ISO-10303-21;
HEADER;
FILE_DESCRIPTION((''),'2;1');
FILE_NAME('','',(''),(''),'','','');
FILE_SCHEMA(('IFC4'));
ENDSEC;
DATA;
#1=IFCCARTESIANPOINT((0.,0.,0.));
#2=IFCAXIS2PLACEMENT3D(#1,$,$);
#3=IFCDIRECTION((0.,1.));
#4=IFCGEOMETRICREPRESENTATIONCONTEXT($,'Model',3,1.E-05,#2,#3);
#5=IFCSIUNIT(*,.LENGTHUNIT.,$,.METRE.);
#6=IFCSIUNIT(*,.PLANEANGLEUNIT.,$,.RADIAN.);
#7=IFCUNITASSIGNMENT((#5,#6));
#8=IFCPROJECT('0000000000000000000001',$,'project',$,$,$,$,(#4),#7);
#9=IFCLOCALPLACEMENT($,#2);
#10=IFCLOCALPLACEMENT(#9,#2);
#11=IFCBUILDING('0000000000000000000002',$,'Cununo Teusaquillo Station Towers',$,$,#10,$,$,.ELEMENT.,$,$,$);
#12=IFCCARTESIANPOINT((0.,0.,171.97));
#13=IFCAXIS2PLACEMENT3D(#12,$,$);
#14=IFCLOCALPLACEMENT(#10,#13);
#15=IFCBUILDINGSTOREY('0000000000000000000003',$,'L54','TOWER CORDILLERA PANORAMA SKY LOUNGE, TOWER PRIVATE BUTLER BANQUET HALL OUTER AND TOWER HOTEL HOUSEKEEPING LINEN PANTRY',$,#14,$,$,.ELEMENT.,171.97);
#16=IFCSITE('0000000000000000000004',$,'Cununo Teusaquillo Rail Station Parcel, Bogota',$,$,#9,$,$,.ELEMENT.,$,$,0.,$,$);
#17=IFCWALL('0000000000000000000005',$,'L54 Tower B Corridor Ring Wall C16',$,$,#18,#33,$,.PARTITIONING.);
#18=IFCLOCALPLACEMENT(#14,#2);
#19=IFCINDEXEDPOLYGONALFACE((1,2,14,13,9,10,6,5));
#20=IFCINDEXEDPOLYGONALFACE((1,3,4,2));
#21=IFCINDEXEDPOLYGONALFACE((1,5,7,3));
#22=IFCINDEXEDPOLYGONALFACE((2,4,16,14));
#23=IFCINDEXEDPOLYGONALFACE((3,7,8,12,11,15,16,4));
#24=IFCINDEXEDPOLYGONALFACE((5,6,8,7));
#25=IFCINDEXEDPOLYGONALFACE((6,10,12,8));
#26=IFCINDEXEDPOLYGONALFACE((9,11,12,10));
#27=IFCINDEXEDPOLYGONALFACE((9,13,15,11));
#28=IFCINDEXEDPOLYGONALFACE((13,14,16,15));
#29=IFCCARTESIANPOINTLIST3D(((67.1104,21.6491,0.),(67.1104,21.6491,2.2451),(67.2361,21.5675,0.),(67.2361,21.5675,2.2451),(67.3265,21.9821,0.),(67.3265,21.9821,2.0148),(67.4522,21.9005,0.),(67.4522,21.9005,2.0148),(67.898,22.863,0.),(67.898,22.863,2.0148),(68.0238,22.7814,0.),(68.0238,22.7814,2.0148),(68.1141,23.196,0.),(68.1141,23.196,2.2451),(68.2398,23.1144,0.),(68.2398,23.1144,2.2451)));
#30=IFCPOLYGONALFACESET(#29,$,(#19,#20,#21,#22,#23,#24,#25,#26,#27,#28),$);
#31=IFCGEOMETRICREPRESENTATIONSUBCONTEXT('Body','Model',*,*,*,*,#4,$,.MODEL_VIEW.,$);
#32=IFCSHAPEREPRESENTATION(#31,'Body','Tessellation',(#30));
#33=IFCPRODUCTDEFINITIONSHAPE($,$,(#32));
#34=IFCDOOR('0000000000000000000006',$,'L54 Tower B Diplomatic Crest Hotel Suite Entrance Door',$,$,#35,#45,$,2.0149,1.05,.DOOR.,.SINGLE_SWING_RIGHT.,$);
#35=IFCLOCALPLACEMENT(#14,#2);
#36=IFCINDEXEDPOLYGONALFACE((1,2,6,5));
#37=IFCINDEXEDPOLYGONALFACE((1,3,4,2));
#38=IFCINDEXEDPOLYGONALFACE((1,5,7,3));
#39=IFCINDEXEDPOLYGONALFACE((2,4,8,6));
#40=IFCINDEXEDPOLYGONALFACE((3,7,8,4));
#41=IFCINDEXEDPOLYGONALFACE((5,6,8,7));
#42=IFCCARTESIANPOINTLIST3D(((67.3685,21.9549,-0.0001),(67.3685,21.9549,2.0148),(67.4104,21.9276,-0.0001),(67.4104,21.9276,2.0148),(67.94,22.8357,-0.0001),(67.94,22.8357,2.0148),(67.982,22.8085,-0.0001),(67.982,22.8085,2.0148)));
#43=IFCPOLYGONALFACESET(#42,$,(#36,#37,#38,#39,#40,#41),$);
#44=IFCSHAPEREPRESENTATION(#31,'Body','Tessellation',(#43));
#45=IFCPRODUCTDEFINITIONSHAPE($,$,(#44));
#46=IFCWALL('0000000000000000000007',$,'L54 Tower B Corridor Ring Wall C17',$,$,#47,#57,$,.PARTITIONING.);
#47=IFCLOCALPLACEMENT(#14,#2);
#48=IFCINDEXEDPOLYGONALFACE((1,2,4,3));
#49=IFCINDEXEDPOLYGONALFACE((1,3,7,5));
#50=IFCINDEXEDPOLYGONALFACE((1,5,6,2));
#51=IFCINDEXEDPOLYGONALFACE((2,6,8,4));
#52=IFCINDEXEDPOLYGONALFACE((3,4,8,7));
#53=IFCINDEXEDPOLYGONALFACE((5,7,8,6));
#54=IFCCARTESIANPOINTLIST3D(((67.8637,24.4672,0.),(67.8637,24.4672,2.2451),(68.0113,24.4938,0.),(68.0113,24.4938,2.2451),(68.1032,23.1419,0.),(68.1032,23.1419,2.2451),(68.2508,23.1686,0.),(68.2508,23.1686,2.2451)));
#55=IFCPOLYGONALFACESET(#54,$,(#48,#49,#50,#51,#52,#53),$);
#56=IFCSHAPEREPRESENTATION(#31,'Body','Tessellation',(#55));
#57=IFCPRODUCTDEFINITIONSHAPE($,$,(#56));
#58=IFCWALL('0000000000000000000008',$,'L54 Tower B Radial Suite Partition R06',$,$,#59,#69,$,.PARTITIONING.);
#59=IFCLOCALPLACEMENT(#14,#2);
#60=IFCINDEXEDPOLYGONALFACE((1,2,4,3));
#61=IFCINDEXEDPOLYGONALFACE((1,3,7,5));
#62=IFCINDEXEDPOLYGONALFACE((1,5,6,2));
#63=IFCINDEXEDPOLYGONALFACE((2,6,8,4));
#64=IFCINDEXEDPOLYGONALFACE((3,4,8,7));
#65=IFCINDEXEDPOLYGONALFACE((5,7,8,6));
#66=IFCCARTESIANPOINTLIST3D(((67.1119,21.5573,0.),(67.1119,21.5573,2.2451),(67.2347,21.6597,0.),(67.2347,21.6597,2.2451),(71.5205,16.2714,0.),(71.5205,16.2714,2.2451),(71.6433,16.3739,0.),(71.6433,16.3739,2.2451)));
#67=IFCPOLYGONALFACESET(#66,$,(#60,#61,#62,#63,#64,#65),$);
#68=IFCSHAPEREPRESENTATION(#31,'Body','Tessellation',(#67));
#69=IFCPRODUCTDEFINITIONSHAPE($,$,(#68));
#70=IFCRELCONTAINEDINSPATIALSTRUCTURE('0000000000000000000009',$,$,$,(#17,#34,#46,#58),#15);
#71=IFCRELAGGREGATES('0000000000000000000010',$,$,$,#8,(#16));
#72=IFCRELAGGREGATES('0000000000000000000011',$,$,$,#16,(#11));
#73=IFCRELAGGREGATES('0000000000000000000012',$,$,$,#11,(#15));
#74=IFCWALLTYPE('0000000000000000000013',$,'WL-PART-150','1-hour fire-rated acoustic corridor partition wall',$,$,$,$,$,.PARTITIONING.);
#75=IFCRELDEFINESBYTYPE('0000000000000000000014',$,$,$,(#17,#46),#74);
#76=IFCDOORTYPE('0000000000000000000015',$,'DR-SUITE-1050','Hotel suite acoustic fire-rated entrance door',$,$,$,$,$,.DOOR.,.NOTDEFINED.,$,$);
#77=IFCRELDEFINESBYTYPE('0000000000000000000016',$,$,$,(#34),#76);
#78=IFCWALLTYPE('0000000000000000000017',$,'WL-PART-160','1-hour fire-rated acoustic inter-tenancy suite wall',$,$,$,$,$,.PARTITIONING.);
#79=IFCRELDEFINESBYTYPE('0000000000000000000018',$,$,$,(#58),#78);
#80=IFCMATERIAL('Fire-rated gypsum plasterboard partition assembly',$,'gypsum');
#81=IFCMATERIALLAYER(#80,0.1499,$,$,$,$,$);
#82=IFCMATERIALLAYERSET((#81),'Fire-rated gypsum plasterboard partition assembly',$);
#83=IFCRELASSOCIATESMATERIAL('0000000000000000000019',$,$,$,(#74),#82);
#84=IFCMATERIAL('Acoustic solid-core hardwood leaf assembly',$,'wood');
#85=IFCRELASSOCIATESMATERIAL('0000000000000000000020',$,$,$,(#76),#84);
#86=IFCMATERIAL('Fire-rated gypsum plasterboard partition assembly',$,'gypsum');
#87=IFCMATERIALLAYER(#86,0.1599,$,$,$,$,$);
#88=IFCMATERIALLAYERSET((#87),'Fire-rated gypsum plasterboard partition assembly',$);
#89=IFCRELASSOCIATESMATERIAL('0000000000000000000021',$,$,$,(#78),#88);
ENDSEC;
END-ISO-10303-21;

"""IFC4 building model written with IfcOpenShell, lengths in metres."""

from ifc_helpers import new_model, si_unit, direction, frame, frame_2d, origin, place, context, subcontext, project, spatial, rectangle, extrude, source, transform, mapped, material, layer, layer_set, type_object, element, fill, save


model = new_model("IFC4")

# Units and contexts
model_context = context("Model", 3, precision=1e-05, world=origin(), true_north=direction((0.0, 1.0)))
body_context = subcontext(model_context, "Body", "Model", "MODEL_VIEW")
ifc_project = project(units=[si_unit("LENGTHUNIT", "METRE"), si_unit("PLANEANGLEUNIT", "RADIAN")], contexts=[model_context])

# Site, building, storey
site_placement = place(None, origin())
site = spatial("IfcSite", under=ifc_project, at=site_placement, Name="Cununo Teusaquillo Rail Station Parcel, Bogota", CompositionType="ELEMENT", RefElevation=0.0)
building_placement = place(site_placement, origin())
building = spatial("IfcBuilding", under=site, at=building_placement, Name="Cununo Teusaquillo Station Towers", CompositionType="ELEMENT")
storey_placement = place(building_placement, frame((0.0, 0.0, 171.97)))
storey = spatial("IfcBuildingStorey", under=building, at=storey_placement, Name="L54", Description="TOWER CORDILLERA PANORAMA SKY LOUNGE, TOWER PRIVATE BUTLER BANQUET HALL OUTER AND TOWER HOTEL HOUSEKEEPING LINEN PANTRY", CompositionType="ELEMENT", Elevation=171.97)

# Wall, opening, door
ifc_material_1 = material(Name="Fire-rated gypsum plasterboard partition assembly", Category="gypsum")
ifc_layer_1 = layer(ifc_material_1, 0.1499)
ifc_layer_set_1 = layer_set([ifc_layer_1], Name="Fire-rated gypsum plasterboard partition assembly")
wall_type_1 = type_object("IfcWallType", Name="WL-PART-150", Description="1-hour fire-rated acoustic corridor partition wall", PredefinedType="PARTITIONING", material=ifc_layer_set_1)
wall_1_placement = place(storey_placement, frame((67.1733, 21.6084, 0.0), z_axis=(0.0, 0.0, 1.0), x_axis=(0.544299, 0.838891, 0.0)))
wall_1 = element("IfcWall", 1, at=wall_1_placement, inside=storey, type_object=wall_type_1, Name="L54 Tower B Corridor Ring Wall C16", PredefinedType="PARTITIONING", context=body_context, shape_type="SweptSolid", body=[
    extrude(rectangle(XDim=1.844, YDim=0.1499, at=frame_2d((0.9219, 0.0))), origin(), (0.0, 0.0, 1.0), 2.2451),
])
shared_shape_1 = source(origin(), body_context, "Body", "SweptSolid", [
    extrude(rectangle(XDim=1.05, YDim=2.0149, at=frame_2d((0.5249, 1.0073))), frame((0.0, 0.085, 0.0), z_axis=(0.0, -1.0, 0.0), x_axis=(1.0, 0.0, 0.0)), (0.0, 0.0, 1.0), 0.1699),
])
opening_1_placement = place(wall_1_placement, frame((0.397, 0.0, 0.0)))
opening_1 = element("IfcOpeningElement", 2, at=opening_1_placement, cuts=wall_1, PredefinedType="OPENING", context=body_context, shape_type="MappedRepresentation", body=[
    mapped(shared_shape_1, transform((0.0, 0.0, 0.0), x_axis=(1.0, 0.0, 0.0), y_axis=(0.0, 1.0, 0.0), z_axis=(0.0, 0.0, 1.0), scale=1.0)),
])
ifc_material_2 = material(Name="Acoustic solid-core hardwood leaf assembly", Category="wood")
door_type_1 = type_object("IfcDoorType", Name="DR-SUITE-1050", Description="Hotel suite acoustic fire-rated entrance door", OperationType="NOTDEFINED", PredefinedType="DOOR", material=ifc_material_2)
shared_shape_2 = source(origin(), body_context, "Body", "SweptSolid", [
    extrude(rectangle(XDim=1.05, YDim=2.0149, at=frame_2d((0.5249, 1.0073))), frame((0.0, 0.0249, 0.0), z_axis=(0.0, -1.0, 0.0), x_axis=(1.0, 0.0, 0.0)), (0.0, 0.0, 1.0), 0.05),
])
door_1_placement = place(opening_1_placement, origin())
door_1 = element("IfcDoor", 3, at=door_1_placement, inside=storey, type_object=door_type_1, Name="L54 Tower B Diplomatic Crest Hotel Suite Entrance Door", OperationType="SINGLE_SWING_RIGHT", OverallHeight=2.0149, OverallWidth=1.05, PredefinedType="DOOR", context=body_context, shape_type="MappedRepresentation", body=[
    mapped(shared_shape_2, transform((0.0, 0.0, 0.0), x_axis=(1.0, 0.0, 0.0), y_axis=(0.0, 1.0, 0.0), z_axis=(0.0, 0.0, 1.0), scale=1.0)),
])
fill(opening_1, door_1)

# Walls
wall_2_placement = place(storey_placement, frame((68.177, 23.1553, 0.0), z_axis=(0.0, 0.0, 1.0), x_axis=(-0.177848, 0.984058, 0.0)))
element("IfcWall", 4, at=wall_2_placement, inside=storey, type_object=wall_type_1, Name="L54 Tower B Corridor Ring Wall C17", PredefinedType="PARTITIONING", context=body_context, shape_type="SweptSolid", body=[
    extrude(rectangle(XDim=1.3467, YDim=0.1499, at=frame_2d((0.6733, 0.0))), origin(), (0.0, 0.0, 1.0), 2.2451),
])
ifc_material_3 = material(Name="Fire-rated gypsum plasterboard partition assembly", Category="gypsum")
ifc_layer_2 = layer(ifc_material_3, 0.1599)
ifc_layer_set_2 = layer_set([ifc_layer_2], Name="Fire-rated gypsum plasterboard partition assembly")
wall_type_2 = type_object("IfcWallType", Name="WL-PART-160", Description="1-hour fire-rated acoustic inter-tenancy suite wall", PredefinedType="PARTITIONING", material=ifc_layer_set_2)
wall_3_placement = place(storey_placement, frame((67.1733, 21.6084, 0.0), z_axis=(0.0, 0.0, 1.0), x_axis=(0.640509, -0.767951, 0.0)))
element("IfcWall", 5, at=wall_3_placement, inside=storey, type_object=wall_type_2, Name="L54 Tower B Radial Suite Partition R06", PredefinedType="PARTITIONING", context=body_context, shape_type="SweptSolid", body=[
    extrude(rectangle(XDim=6.8831, YDim=0.1599, at=frame_2d((3.4414, 0.0))), origin(), (0.0, 0.0, 1.0), 2.2451),
])

save(model, "model.ifc")
